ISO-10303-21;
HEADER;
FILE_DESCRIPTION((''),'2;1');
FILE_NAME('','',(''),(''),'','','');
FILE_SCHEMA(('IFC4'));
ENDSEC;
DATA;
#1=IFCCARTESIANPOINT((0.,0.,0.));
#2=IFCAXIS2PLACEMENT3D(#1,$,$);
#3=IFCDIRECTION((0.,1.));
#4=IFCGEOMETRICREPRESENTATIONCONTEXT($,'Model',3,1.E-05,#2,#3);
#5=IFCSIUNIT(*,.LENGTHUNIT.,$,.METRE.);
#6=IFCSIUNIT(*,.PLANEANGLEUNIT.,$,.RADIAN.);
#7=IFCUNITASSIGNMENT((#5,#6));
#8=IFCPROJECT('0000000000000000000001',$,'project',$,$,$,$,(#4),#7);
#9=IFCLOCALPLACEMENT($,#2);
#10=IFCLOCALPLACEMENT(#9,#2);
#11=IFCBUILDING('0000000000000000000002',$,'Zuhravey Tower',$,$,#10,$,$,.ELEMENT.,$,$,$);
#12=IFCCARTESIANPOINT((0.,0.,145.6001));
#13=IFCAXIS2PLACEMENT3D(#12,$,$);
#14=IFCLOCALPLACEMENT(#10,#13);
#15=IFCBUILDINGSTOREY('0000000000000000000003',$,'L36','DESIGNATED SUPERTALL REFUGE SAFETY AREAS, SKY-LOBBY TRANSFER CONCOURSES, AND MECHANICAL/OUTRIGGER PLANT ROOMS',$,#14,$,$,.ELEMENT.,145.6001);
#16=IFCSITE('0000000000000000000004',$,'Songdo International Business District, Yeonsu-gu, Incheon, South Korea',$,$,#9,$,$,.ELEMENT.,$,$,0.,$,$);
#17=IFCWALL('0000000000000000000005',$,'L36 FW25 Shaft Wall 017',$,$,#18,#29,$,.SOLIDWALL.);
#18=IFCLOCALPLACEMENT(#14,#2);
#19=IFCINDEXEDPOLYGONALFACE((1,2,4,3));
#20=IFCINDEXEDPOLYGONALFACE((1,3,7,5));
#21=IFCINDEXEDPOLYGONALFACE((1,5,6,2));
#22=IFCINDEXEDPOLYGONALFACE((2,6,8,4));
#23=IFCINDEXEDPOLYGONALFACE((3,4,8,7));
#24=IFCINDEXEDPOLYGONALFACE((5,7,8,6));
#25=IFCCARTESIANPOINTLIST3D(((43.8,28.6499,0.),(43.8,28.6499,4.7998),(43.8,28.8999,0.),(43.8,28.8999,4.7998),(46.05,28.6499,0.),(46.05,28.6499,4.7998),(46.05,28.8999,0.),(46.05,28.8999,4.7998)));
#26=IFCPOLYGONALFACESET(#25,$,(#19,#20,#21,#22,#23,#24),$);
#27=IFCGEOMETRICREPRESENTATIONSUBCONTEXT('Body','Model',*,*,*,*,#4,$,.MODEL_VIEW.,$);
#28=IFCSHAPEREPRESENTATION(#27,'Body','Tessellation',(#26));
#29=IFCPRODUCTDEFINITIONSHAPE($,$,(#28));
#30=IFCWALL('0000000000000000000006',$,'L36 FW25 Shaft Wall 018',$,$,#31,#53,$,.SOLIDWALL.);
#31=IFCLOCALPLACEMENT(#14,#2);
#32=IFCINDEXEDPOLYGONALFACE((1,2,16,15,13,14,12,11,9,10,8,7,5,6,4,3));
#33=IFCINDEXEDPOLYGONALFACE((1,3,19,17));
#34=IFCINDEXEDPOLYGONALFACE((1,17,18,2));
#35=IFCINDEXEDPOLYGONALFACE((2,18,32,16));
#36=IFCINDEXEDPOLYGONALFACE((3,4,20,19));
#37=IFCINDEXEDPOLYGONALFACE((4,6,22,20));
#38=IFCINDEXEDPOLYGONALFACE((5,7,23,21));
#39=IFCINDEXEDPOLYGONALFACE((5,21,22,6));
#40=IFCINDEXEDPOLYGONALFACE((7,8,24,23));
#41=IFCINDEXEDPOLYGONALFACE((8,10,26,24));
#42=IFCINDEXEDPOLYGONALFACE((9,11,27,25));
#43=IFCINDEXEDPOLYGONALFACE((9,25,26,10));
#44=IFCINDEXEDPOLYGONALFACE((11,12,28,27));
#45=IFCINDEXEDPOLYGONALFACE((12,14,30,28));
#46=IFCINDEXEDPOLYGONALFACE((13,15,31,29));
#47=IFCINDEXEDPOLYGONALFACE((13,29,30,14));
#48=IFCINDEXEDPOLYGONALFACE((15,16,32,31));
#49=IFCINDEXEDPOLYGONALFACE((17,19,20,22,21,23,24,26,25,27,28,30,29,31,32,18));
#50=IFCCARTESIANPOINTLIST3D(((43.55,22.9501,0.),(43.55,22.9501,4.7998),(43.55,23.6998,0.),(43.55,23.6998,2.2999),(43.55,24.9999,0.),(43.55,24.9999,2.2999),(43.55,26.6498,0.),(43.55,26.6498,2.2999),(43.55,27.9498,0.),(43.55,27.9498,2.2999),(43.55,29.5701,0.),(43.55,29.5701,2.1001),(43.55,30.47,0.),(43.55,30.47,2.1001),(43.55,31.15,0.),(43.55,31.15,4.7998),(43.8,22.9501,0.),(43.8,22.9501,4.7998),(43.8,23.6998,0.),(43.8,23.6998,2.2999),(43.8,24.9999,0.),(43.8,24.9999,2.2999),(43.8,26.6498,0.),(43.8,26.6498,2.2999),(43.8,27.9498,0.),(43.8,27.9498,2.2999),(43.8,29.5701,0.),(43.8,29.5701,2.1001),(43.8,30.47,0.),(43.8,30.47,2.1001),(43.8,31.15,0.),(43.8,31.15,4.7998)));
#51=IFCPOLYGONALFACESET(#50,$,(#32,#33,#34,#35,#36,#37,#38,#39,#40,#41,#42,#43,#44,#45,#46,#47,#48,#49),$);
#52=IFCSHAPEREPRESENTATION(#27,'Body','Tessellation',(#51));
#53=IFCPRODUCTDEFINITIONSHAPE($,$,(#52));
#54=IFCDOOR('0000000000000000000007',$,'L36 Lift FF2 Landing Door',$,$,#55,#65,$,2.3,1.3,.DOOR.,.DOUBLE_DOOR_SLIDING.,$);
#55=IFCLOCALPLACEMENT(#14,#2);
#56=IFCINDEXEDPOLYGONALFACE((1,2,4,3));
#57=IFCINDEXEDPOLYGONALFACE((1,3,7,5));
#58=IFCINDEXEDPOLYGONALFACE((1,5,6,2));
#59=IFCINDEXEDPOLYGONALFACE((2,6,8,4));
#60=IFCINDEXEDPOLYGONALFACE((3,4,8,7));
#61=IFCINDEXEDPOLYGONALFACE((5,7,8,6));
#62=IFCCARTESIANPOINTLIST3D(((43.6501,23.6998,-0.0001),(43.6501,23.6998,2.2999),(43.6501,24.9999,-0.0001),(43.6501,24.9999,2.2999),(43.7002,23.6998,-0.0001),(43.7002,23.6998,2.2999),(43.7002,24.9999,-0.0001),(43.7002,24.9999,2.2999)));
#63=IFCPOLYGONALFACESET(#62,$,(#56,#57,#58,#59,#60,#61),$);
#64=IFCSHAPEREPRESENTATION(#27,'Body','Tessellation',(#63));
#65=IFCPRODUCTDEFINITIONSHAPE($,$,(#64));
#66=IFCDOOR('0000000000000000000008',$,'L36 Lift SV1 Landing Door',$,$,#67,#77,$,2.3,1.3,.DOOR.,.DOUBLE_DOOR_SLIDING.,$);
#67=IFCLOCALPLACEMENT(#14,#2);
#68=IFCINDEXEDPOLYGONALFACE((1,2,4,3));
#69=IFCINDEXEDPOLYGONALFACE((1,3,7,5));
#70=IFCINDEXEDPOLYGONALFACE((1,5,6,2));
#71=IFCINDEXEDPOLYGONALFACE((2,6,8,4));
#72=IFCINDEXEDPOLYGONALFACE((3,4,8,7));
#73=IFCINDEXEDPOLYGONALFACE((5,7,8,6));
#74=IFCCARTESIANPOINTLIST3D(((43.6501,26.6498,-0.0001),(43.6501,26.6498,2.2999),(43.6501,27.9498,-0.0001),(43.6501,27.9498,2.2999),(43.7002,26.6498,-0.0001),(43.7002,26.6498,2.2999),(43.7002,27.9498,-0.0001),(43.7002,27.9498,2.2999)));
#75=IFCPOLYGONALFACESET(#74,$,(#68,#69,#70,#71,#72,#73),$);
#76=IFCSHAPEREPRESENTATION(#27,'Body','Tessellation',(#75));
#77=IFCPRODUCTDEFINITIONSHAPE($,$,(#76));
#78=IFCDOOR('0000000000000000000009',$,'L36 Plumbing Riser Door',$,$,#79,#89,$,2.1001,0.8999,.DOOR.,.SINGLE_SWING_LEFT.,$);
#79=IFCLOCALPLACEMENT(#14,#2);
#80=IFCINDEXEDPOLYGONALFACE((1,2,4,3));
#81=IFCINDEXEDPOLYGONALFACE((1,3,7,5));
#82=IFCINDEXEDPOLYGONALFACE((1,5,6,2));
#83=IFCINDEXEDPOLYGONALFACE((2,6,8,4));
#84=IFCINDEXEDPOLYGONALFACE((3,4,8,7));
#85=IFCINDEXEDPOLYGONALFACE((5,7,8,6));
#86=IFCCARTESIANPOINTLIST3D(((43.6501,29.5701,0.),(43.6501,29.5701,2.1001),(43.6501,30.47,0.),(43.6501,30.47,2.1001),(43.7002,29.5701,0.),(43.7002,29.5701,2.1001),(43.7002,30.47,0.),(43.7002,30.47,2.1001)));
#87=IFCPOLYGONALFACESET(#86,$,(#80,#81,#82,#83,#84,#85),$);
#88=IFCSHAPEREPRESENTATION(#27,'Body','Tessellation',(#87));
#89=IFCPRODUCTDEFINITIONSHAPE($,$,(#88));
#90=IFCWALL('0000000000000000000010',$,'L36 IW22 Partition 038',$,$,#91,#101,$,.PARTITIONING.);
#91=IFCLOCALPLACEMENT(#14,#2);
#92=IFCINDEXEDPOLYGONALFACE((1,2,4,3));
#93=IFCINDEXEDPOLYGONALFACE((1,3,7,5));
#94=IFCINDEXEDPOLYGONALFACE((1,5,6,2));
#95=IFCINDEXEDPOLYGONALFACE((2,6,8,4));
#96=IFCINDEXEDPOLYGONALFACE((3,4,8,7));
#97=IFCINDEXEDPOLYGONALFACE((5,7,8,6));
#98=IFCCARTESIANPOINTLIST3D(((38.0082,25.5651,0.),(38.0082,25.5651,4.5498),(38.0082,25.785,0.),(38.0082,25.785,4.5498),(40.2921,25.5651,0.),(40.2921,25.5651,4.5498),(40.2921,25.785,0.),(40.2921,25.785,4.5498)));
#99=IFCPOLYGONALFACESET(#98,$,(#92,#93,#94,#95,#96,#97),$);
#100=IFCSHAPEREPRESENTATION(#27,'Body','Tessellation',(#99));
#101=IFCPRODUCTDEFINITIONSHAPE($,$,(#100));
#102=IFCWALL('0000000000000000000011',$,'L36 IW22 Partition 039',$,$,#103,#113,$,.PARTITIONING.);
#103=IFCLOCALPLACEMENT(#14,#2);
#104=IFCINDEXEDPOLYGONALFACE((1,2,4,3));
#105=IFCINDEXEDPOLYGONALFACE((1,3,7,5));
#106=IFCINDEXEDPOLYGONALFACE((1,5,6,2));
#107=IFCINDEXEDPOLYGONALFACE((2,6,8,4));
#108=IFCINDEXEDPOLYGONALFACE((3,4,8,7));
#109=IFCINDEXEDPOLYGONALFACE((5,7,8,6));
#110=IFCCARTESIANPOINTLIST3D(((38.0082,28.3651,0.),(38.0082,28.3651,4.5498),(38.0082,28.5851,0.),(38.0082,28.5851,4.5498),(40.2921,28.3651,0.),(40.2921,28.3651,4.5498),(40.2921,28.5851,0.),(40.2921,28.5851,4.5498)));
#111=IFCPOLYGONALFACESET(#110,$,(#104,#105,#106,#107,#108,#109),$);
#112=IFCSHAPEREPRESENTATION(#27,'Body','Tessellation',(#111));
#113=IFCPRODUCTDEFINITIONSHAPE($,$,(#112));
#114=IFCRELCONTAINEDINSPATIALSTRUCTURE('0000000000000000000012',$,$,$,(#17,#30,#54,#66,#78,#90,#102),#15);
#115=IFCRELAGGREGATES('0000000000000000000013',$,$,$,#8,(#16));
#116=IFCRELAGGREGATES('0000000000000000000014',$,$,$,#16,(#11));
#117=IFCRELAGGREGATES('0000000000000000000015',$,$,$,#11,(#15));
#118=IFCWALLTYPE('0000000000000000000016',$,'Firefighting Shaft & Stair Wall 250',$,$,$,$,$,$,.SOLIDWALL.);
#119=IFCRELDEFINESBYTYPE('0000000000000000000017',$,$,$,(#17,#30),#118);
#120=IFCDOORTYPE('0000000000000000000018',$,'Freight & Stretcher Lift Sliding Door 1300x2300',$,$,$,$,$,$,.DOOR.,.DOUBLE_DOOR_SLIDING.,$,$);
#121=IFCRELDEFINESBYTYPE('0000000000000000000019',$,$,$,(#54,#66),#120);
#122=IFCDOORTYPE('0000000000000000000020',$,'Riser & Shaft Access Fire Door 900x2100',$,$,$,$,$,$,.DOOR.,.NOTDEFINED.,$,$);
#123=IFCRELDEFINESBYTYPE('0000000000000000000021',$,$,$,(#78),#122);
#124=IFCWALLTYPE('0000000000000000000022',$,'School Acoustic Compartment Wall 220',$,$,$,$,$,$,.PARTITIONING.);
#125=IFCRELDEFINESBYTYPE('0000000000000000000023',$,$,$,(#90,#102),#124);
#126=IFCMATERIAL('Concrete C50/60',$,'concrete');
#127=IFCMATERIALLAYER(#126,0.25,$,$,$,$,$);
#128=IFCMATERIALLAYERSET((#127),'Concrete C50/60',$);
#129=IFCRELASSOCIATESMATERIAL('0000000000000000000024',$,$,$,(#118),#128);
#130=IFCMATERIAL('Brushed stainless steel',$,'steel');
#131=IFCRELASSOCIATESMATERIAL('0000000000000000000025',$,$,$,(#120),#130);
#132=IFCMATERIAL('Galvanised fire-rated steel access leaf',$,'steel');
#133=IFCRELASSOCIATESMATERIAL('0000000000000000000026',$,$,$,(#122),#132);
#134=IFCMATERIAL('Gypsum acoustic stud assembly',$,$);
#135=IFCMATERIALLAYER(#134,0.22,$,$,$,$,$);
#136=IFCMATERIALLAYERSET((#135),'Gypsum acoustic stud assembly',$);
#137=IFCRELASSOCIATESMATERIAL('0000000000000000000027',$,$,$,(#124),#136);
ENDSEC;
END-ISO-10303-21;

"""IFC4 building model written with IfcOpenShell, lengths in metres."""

from ifc_helpers import new_model, si_unit, direction, frame, frame_2d, origin, place, context, subcontext, project, spatial, rectangle, extrude, material, layer, layer_set, type_object, element, fill, save


model = new_model("IFC4")

# Units and contexts
model_context = context("Model", 3, precision=1e-05, world=origin(), true_north=direction((0.0, 1.0)))
body_context = subcontext(model_context, "Body", "Model", "MODEL_VIEW")
ifc_project = project(units=[si_unit("LENGTHUNIT", "METRE"), si_unit("PLANEANGLEUNIT", "RADIAN")], contexts=[model_context])

# Site, building, storey
site_placement = place(None, origin())
site = spatial("IfcSite", under=ifc_project, at=site_placement, Name="Songdo International Business District, Yeonsu-gu, Incheon, South Korea", CompositionType="ELEMENT", RefElevation=0.0)
building_placement = place(site_placement, origin())
building = spatial("IfcBuilding", under=site, at=building_placement, Name="Zuhravey Tower", CompositionType="ELEMENT")
storey_placement = place(building_placement, frame((0.0, 0.0, 145.6001)))
storey = spatial("IfcBuildingStorey", under=building, at=storey_placement, Name="L36", Description="DESIGNATED SUPERTALL REFUGE SAFETY AREAS, SKY-LOBBY TRANSFER CONCOURSES, AND MECHANICAL/OUTRIGGER PLANT ROOMS", CompositionType="ELEMENT", Elevation=145.6001)

# Shared definitions
ifc_material_1 = material(Name="Concrete C50/60", Category="concrete")
ifc_layer_1 = layer(ifc_material_1, 0.25)
ifc_layer_set_1 = layer_set([ifc_layer_1], Name="Concrete C50/60")
wall_type_1 = type_object("IfcWallType", Name="Firefighting Shaft & Stair Wall 250", PredefinedType="SOLIDWALL", material=ifc_layer_set_1)
ifc_material_2 = material(Name="Brushed stainless steel", Category="steel")

# Wall
for number, where, z_axis, x_axis, name in (
    (1, (43.8, 28.7749, 0.0), (0.0, 0.0, 1.0), (1.0, 0.0, 0.0), "L36 FW25 Shaft Wall 017"),
):
    element("IfcWall", number, at=place(storey_placement, frame(where, z_axis=z_axis, x_axis=x_axis)), inside=storey, type_object=wall_type_1, Name=name, PredefinedType="SOLIDWALL", context=body_context, shape_type="SweptSolid", body=[
        extrude(rectangle(XDim=2.25, YDim=0.25, at=frame_2d((1.125, 0.0))), origin(), (0.0, 0.0, 1.0), 4.7998),
    ])

# Wall, openings, doors
wall_1_placement = place(storey_placement, frame((43.675, 22.95, 0.0), z_axis=(0.0, 0.0, 1.0), x_axis=(0.0, 1.0, 0.0)))
wall_1 = element("IfcWall", 2, at=wall_1_placement, inside=storey, type_object=wall_type_1, Name="L36 FW25 Shaft Wall 018", PredefinedType="SOLIDWALL", context=body_context, shape_type="SweptSolid", body=[
    extrude(rectangle(XDim=8.2, YDim=0.25, at=frame_2d((4.1001, 0.0))), origin(), (0.0, 0.0, 1.0), 4.7998),
])
opening_1_placement = place(wall_1_placement, frame((0.75, 0.0, 0.0)))
opening_1 = element("IfcOpeningElement", 3, at=opening_1_placement, cuts=wall_1, PredefinedType="OPENING", context=body_context, shape_type="SweptSolid", body=[
    extrude(rectangle(XDim=1.3, YDim=2.3, at=frame_2d((0.6499, 1.1499))), frame((0.0, 0.137, 0.0), z_axis=(0.0, -1.0, 0.0), x_axis=(1.0, 0.0, 0.0)), (0.0, 0.0, 1.0), 0.2739),
])
opening_2_placement = place(wall_1_placement, frame((3.7, 0.0, 0.0)))
opening_2 = element("IfcOpeningElement", 4, at=opening_2_placement, cuts=wall_1, PredefinedType="OPENING", context=body_context, shape_type="SweptSolid", body=[
    extrude(rectangle(XDim=1.3, YDim=2.3, at=frame_2d((0.6499, 1.1499))), frame((0.0, 0.137, 0.0), z_axis=(0.0, -1.0, 0.0), x_axis=(1.0, 0.0, 0.0)), (0.0, 0.0, 1.0), 0.2739),
])
opening_3_placement = place(wall_1_placement, frame((6.6201, 0.0, 0.0)))
opening_3 = element("IfcOpeningElement", 5, at=opening_3_placement, cuts=wall_1, PredefinedType="OPENING", context=body_context, shape_type="SweptSolid", body=[
    extrude(rectangle(XDim=0.8999, YDim=2.1001, at=frame_2d((0.45, 1.05))), frame((0.0, 0.137, 0.0), z_axis=(0.0, -1.0, 0.0), x_axis=(1.0, 0.0, 0.0)), (0.0, 0.0, 1.0), 0.2739),
])
door_type_1 = type_object("IfcDoorType", Name="Freight & Stretcher Lift Sliding Door 1300x2300", OperationType="DOUBLE_DOOR_SLIDING", PredefinedType="DOOR", material=ifc_material_2)
door_1_placement = place(opening_1_placement, origin())
door_1 = element("IfcDoor", 6, at=door_1_placement, inside=storey, type_object=door_type_1, Name="L36 Lift FF2 Landing Door", OperationType="DOUBLE_DOOR_SLIDING", OverallHeight=2.3, OverallWidth=1.3, PredefinedType="DOOR", context=body_context, shape_type="SweptSolid", body=[
    extrude(rectangle(XDim=1.3, YDim=2.3, at=frame_2d((0.6499, 1.1499))), frame((0.0, 0.0249, 0.0), z_axis=(0.0, -1.0, 0.0), x_axis=(1.0, 0.0, 0.0)), (0.0, 0.0, 1.0), 0.05),
])
fill(opening_1, door_1)
door_2_placement = place(opening_2_placement, origin())
door_2 = element("IfcDoor", 7, at=door_2_placement, inside=storey, type_object=door_type_1, Name="L36 Lift SV1 Landing Door", OperationType="DOUBLE_DOOR_SLIDING", OverallHeight=2.3, OverallWidth=1.3, PredefinedType="DOOR", context=body_context, shape_type="SweptSolid", body=[
    extrude(rectangle(XDim=1.3, YDim=2.3, at=frame_2d((0.6499, 1.1499))), frame((0.0, 0.0249, 0.0), z_axis=(0.0, -1.0, 0.0), x_axis=(1.0, 0.0, 0.0)), (0.0, 0.0, 1.0), 0.05),
])
fill(opening_2, door_2)
ifc_material_3 = material(Name="Galvanised fire-rated steel access leaf", Category="steel")
door_type_2 = type_object("IfcDoorType", Name="Riser & Shaft Access Fire Door 900x2100", OperationType="NOTDEFINED", PredefinedType="DOOR", material=ifc_material_3)
door_3_placement = place(opening_3_placement, origin())
door_3 = element("IfcDoor", 8, at=door_3_placement, inside=storey, type_object=door_type_2, Name="L36 Plumbing Riser Door", OperationType="SINGLE_SWING_LEFT", OverallHeight=2.1001, OverallWidth=0.8999, PredefinedType="DOOR", context=body_context, shape_type="SweptSolid", body=[
    extrude(rectangle(XDim=0.8999, YDim=2.1001, at=frame_2d((0.45, 1.05))), frame((0.0, 0.0249, 0.0), z_axis=(0.0, -1.0, 0.0), x_axis=(1.0, 0.0, 0.0)), (0.0, 0.0, 1.0), 0.05),
])
fill(opening_3, door_3)

# Walls
ifc_material_4 = material(Name="Gypsum acoustic stud assembly")
ifc_layer_2 = layer(ifc_material_4, 0.22)
ifc_layer_set_2 = layer_set([ifc_layer_2], Name="Gypsum acoustic stud assembly")
wall_type_2 = type_object("IfcWallType", Name="School Acoustic Compartment Wall 220", PredefinedType="PARTITIONING", material=ifc_layer_set_2)
for number, where, z_axis, x_axis, name in (
    (9, (38.0081, 25.675, 0.0), (0.0, 0.0, 1.0), (1.0, 0.0, 0.0), "L36 IW22 Partition 038"),
    (10, (38.0081, 28.4751, 0.0), (0.0, 0.0, 1.0), (1.0, 0.0, 0.0), "L36 IW22 Partition 039"),
):
    element("IfcWall", number, at=place(storey_placement, frame(where, z_axis=z_axis, x_axis=x_axis)), inside=storey, type_object=wall_type_2, Name=name, PredefinedType="PARTITIONING", context=body_context, shape_type="SweptSolid", body=[
        extrude(rectangle(XDim=2.2839, YDim=0.22, at=frame_2d((1.1421, 0.0))), origin(), (0.0, 0.0, 1.0), 4.5498),
    ])

save(model, "model.ifc")
